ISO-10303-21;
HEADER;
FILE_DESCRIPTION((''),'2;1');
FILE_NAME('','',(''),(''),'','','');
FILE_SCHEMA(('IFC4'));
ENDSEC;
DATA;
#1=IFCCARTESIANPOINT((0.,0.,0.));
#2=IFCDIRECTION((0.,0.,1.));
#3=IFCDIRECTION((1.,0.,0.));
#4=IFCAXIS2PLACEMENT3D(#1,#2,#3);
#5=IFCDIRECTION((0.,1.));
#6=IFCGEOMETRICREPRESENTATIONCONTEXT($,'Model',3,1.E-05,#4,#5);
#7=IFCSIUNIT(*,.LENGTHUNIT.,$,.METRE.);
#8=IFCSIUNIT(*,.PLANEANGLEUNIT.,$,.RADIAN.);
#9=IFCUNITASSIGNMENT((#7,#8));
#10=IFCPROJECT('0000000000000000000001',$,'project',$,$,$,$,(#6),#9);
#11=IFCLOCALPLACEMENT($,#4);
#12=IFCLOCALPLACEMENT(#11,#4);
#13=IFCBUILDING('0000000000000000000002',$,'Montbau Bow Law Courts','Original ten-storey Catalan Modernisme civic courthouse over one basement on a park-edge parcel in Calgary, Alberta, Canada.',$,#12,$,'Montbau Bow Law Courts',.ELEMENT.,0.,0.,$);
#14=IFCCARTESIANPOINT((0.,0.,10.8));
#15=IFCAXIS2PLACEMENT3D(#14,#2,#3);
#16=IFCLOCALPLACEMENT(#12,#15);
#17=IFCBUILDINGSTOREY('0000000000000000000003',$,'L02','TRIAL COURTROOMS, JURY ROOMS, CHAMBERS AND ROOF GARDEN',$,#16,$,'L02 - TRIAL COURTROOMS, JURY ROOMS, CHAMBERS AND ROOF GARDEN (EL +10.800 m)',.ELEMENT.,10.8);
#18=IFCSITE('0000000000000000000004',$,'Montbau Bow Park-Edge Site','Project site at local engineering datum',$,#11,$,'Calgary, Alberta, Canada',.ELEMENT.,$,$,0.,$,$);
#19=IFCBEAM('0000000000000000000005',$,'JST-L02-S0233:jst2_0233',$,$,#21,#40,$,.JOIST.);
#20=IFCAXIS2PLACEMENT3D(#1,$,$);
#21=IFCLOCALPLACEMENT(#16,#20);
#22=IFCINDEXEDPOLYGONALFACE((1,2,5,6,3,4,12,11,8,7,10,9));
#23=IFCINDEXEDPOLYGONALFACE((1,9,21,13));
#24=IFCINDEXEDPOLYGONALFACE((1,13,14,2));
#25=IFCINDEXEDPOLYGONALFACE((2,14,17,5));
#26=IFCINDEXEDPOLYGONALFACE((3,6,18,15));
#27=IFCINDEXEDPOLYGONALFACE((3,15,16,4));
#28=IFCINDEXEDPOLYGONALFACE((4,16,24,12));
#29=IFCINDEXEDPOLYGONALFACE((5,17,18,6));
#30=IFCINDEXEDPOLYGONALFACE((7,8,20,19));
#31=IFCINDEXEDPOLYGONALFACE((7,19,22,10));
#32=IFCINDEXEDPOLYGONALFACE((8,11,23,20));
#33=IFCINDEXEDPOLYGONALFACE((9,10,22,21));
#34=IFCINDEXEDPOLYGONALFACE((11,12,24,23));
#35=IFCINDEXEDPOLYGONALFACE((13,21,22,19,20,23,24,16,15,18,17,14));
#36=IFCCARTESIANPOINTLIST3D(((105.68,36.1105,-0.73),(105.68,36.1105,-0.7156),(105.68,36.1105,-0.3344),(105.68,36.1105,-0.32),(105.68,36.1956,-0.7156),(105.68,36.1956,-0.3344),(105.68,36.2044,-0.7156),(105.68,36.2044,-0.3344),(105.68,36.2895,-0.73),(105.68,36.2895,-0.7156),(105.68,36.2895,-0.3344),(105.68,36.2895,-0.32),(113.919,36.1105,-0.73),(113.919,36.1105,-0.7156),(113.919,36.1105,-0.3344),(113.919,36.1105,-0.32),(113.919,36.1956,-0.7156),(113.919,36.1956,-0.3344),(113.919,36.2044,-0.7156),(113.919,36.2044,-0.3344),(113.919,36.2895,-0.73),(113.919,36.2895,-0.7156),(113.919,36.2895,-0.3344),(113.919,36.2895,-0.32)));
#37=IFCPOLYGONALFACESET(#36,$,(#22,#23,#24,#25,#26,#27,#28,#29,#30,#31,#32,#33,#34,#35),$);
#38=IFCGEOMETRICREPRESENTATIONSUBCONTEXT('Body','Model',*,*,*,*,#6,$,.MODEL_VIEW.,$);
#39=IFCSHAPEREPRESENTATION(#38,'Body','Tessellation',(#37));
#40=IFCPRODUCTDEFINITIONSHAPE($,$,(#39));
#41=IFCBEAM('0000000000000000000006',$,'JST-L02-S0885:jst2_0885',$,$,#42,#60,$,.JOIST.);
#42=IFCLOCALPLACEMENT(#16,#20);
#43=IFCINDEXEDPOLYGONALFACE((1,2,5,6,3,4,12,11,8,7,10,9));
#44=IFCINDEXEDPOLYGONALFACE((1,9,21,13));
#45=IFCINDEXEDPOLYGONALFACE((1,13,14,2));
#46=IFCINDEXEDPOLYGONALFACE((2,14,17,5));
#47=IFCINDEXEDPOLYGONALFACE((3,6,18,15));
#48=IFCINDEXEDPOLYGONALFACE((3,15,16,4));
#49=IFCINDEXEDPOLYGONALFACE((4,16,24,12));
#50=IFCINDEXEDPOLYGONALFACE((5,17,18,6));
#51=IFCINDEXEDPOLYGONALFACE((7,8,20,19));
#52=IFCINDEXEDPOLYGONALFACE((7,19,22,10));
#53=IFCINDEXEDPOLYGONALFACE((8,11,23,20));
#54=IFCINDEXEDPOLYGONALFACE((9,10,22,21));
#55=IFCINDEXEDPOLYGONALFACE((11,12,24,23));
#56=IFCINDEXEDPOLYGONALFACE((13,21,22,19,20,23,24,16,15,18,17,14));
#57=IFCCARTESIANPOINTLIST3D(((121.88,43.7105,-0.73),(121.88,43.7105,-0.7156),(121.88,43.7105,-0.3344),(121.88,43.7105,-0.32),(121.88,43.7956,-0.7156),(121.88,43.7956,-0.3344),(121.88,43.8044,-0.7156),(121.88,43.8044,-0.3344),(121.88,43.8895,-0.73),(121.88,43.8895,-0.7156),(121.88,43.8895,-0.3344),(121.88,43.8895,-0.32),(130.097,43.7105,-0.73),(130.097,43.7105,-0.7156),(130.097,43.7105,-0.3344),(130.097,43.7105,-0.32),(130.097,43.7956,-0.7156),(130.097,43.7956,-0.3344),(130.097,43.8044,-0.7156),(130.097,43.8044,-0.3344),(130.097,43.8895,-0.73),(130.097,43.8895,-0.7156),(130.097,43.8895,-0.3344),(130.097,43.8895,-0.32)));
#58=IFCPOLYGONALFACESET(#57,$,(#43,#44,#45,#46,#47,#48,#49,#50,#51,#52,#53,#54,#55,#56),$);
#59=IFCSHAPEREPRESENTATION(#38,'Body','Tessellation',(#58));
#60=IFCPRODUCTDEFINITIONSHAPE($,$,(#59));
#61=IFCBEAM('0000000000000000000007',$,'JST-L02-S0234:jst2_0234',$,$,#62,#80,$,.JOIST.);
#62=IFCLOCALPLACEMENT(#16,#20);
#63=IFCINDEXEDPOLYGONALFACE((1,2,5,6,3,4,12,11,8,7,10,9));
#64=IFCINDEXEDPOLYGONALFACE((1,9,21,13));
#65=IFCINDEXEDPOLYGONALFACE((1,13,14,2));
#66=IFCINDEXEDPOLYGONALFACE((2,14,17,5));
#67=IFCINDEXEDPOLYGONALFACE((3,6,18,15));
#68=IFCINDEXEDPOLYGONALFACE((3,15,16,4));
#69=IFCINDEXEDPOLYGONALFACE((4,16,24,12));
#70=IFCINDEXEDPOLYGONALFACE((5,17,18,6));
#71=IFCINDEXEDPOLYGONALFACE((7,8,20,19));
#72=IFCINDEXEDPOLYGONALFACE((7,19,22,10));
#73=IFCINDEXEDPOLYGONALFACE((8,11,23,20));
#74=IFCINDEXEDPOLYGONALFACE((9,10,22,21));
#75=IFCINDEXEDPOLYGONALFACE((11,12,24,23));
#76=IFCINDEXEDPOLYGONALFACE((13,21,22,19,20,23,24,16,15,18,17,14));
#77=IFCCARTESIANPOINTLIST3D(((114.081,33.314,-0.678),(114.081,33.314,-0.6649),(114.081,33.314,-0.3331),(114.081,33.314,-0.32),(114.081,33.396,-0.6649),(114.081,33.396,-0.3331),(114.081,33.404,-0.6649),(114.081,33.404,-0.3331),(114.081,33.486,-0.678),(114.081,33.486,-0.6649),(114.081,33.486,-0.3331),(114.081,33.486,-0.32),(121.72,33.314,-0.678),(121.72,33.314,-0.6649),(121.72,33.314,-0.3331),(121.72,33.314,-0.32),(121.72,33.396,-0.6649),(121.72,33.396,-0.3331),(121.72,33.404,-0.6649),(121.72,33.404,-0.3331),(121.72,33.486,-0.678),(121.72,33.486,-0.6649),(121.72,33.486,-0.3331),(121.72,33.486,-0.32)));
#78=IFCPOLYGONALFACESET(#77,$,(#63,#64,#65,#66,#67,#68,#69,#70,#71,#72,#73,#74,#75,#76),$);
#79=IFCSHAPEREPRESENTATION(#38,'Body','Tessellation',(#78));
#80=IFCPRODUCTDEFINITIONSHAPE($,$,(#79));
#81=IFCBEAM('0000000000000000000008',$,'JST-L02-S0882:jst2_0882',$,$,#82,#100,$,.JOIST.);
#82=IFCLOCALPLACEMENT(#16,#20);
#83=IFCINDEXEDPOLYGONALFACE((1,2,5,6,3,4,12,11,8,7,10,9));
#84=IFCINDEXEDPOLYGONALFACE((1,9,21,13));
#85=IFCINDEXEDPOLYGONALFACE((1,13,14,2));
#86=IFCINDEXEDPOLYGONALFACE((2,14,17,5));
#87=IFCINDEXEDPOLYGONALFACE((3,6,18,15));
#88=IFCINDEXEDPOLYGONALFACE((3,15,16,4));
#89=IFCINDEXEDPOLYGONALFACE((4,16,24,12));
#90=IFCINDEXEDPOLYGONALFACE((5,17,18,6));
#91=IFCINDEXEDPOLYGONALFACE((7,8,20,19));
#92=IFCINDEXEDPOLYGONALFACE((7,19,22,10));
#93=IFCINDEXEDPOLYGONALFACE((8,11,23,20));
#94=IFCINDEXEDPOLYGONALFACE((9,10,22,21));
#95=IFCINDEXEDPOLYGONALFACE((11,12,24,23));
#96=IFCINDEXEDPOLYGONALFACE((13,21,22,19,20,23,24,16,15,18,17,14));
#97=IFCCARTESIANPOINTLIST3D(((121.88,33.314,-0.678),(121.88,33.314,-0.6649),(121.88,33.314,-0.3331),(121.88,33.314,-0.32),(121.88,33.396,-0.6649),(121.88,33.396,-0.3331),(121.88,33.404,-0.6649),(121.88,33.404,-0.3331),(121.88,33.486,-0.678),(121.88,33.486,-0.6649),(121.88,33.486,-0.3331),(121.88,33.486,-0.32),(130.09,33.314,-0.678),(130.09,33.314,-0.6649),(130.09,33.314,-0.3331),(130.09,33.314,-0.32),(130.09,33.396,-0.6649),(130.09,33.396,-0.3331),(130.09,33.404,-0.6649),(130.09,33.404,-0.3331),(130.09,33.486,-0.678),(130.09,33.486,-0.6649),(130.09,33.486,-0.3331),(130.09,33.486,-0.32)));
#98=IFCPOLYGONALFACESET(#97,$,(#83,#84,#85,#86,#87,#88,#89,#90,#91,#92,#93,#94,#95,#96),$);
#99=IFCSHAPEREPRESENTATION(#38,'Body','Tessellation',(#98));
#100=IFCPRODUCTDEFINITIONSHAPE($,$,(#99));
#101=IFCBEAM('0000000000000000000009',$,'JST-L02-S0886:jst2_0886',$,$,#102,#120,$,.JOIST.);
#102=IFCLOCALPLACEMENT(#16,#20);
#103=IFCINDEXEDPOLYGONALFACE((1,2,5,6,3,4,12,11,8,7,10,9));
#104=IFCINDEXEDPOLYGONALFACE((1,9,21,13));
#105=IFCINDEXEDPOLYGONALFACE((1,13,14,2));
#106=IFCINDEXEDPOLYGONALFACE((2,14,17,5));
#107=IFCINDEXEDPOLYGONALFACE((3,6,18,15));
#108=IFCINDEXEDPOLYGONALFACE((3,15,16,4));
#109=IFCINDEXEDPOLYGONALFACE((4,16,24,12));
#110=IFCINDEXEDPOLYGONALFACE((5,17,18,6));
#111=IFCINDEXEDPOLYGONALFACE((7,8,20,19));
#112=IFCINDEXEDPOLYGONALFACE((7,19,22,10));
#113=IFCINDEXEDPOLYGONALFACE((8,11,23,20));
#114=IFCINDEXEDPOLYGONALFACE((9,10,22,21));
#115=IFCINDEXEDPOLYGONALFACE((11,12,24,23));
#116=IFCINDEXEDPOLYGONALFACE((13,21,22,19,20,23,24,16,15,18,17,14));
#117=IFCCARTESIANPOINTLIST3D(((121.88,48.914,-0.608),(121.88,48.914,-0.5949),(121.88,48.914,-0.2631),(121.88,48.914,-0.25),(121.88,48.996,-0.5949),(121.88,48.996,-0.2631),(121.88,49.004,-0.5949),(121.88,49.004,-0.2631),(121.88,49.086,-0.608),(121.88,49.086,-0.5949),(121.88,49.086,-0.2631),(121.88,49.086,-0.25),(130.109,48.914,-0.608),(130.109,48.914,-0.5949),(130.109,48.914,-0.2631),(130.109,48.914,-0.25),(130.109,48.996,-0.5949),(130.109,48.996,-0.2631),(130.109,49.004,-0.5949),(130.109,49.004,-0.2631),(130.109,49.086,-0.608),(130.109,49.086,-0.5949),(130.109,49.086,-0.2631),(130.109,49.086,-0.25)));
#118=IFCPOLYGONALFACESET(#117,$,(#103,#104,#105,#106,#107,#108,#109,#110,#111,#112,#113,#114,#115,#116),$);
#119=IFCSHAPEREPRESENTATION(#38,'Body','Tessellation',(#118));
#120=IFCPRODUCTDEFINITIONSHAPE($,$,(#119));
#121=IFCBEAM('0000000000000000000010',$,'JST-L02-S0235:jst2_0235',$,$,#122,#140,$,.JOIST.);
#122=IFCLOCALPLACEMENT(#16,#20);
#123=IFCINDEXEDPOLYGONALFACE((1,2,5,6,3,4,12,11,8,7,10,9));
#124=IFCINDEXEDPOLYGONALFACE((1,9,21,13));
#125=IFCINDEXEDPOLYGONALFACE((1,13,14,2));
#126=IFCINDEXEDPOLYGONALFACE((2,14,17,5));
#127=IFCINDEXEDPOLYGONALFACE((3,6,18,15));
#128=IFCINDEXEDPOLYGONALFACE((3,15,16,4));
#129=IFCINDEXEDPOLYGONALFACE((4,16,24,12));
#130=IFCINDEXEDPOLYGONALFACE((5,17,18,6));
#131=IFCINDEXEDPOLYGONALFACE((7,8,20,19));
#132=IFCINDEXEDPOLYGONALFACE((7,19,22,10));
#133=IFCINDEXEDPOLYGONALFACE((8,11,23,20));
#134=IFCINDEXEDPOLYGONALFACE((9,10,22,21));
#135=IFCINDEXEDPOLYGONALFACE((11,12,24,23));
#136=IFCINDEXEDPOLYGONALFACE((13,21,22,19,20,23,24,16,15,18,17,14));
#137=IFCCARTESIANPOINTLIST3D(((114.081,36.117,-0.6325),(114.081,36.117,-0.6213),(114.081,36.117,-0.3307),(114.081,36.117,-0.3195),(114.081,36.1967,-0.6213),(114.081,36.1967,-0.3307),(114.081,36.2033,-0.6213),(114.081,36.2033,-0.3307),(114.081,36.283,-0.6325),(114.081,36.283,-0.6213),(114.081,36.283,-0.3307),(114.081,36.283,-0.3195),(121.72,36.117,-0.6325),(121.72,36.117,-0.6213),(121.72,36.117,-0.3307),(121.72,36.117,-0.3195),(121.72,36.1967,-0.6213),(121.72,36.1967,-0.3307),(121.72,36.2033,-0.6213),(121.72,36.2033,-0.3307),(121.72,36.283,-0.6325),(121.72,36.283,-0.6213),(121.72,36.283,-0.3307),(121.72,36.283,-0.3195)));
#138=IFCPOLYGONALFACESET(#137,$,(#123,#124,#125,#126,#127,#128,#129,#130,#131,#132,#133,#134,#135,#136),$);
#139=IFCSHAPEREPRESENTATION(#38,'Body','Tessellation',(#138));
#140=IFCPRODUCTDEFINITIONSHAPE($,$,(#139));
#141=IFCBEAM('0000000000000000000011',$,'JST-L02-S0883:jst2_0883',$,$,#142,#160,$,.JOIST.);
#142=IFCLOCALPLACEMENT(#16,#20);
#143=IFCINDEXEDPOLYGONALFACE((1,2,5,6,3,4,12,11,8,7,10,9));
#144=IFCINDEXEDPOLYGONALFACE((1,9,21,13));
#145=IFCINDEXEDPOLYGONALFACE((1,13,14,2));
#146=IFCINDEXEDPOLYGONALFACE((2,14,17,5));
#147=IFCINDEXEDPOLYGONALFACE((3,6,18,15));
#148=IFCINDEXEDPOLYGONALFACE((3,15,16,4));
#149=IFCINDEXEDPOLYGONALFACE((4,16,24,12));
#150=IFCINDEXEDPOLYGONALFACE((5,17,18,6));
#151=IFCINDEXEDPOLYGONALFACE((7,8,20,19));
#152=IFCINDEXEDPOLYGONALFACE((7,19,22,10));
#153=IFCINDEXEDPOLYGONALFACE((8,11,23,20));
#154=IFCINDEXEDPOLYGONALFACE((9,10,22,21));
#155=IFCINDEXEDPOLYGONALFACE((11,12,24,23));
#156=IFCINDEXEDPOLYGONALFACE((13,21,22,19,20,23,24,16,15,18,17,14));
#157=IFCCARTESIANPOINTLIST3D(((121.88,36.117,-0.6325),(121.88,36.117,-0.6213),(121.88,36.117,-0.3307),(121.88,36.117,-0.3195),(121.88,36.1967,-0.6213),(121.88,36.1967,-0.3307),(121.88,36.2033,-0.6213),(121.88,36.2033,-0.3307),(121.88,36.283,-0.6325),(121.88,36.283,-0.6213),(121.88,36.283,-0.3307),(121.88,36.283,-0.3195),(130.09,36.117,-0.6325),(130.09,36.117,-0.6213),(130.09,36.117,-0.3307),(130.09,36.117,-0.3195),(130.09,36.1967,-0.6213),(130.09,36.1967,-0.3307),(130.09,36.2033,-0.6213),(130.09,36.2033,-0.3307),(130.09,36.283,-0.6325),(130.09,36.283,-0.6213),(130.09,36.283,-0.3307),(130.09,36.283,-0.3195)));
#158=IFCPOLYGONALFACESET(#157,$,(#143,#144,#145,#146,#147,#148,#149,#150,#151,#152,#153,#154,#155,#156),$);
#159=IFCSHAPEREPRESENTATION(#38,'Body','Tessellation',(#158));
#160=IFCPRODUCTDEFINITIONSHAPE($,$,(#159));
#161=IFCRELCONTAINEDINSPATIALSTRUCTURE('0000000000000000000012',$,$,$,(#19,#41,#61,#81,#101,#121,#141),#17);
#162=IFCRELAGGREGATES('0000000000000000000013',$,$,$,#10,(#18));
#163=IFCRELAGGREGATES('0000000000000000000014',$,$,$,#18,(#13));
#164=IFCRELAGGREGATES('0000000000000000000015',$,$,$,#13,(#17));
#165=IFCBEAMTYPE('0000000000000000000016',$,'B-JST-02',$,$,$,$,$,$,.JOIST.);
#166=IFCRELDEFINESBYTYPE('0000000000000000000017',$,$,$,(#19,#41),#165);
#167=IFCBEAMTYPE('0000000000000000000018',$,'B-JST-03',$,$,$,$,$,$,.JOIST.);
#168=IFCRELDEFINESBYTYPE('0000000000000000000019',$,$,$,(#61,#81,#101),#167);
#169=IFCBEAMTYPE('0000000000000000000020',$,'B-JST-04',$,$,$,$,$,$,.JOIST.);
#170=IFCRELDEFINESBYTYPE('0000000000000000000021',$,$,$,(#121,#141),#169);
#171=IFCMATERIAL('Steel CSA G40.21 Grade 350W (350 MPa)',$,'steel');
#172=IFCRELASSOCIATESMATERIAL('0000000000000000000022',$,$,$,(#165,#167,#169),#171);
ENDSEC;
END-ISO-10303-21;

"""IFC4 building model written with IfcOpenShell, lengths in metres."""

from ifc_helpers import new_model, si_unit, direction, frame, origin_with_axes, origin_2d_with_axis, place, context, subcontext, project, spatial, i_section, extrude, material, material_profile, profile_set, type_object, element, save


model = new_model("IFC4")

# Units and contexts
model_context = context("Model", 3, precision=1e-05, world=origin_with_axes(), true_north=direction((0.0, 1.0)))
body_context = subcontext(model_context, "Body", "Model", "MODEL_VIEW")
ifc_project = project(units=[si_unit("LENGTHUNIT", "METRE"), si_unit("PLANEANGLEUNIT", "RADIAN")], contexts=[model_context])

# Site, building, storey
site_placement = place(None, origin_with_axes())
site = spatial("IfcSite", under=ifc_project, at=site_placement, Name="Montbau Bow Park-Edge Site", Description="Project site at local engineering datum", LongName="Calgary, Alberta, Canada", CompositionType="ELEMENT", RefElevation=0.0)
building_placement = place(site_placement, origin_with_axes())
building = spatial("IfcBuilding", under=site, at=building_placement, Name="Montbau Bow Law Courts", Description="Original ten-storey Catalan Modernisme civic courthouse over one basement on a park-edge parcel in Calgary, Alberta, Canada.", LongName="Montbau Bow Law Courts", CompositionType="ELEMENT", ElevationOfRefHeight=0.0, ElevationOfTerrain=0.0)
storey_placement = place(building_placement, frame((0.0, 0.0, 10.8), z_axis=(0.0, 0.0, 1.0), x_axis=(1.0, 0.0, 0.0)))
storey = spatial("IfcBuildingStorey", under=building, at=storey_placement, Name="L02", Description="TRIAL COURTROOMS, JURY ROOMS, CHAMBERS AND ROOF GARDEN", LongName="L02 - TRIAL COURTROOMS, JURY ROOMS, CHAMBERS AND ROOF GARDEN (EL +10.800 m)", CompositionType="ELEMENT", Elevation=10.8)

# Shared definitions
ifc_material_1 = material(Name="Steel CSA G40.21 Grade 350W (350 MPa)", Category="steel")

# Beams
ifc_material_profile_1 = material_profile(ifc_material_1, i_section(OverallWidth=0.179, OverallDepth=0.41, WebThickness=0.0088, FlangeThickness=0.0144, at=origin_2d_with_axis()), Name="W410X67", Category="Main", Priority=0)
ifc_profile_set_1 = profile_set([ifc_material_profile_1], Name="Steel CSA G40.21 Grade 350W (350 MPa)")
beam_type_1 = type_object("IfcBeamType", Name="B-JST-02", PredefinedType="JOIST", material=ifc_profile_set_1)
beam_1_placement = place(None, frame((105.68, 36.2, 10.275), z_axis=(1.0, 0.0, 0.0), x_axis=(0.0, 1.0, 0.0)))
element("IfcBeam", 1, at=beam_1_placement, inside=storey, type_object=beam_type_1, Name="JST-L02-S0233:jst2_0233", PredefinedType="JOIST", context=body_context, shape_type="SweptSolid", body=[
    extrude(i_section(OverallWidth=0.179, OverallDepth=0.41, WebThickness=0.0088, FlangeThickness=0.0144, at=origin_2d_with_axis()), origin_with_axes(), (0.0, 0.0, 1.0), 8.239),
])
beam_2_placement = place(None, frame((121.88, 43.8, 10.275), z_axis=(1.0, 0.0, 0.0), x_axis=(0.0, 1.0, 0.0)))
element("IfcBeam", 2, at=beam_2_placement, inside=storey, type_object=beam_type_1, Name="JST-L02-S0885:jst2_0885", PredefinedType="JOIST", context=body_context, shape_type="SweptSolid", body=[
    extrude(i_section(OverallWidth=0.179, OverallDepth=0.41, WebThickness=0.0088, FlangeThickness=0.0144, at=origin_2d_with_axis()), origin_with_axes(), (0.0, 0.0, 1.0), 8.217),
])
ifc_material_profile_2 = material_profile(ifc_material_1, i_section(OverallWidth=0.172, OverallDepth=0.358, WebThickness=0.0079, FlangeThickness=0.0131, at=origin_2d_with_axis()), Name="W360X57", Category="Main", Priority=0)
ifc_profile_set_2 = profile_set([ifc_material_profile_2], Name="Steel CSA G40.21 Grade 350W (350 MPa)")
beam_type_2 = type_object("IfcBeamType", Name="B-JST-03", PredefinedType="JOIST", material=ifc_profile_set_2)
beam_3_placement = place(None, frame((114.081, 33.4, 10.301), z_axis=(1.0, 0.0, 0.0), x_axis=(0.0, 1.0, 0.0)))
element("IfcBeam", 3, at=beam_3_placement, inside=storey, type_object=beam_type_2, Name="JST-L02-S0234:jst2_0234", PredefinedType="JOIST", context=body_context, shape_type="SweptSolid", body=[
    extrude(i_section(OverallWidth=0.172, OverallDepth=0.358, WebThickness=0.0079, FlangeThickness=0.0131, at=origin_2d_with_axis()), origin_with_axes(), (0.0, 0.0, 1.0), 7.639),
])
beam_4_placement = place(None, frame((121.88, 33.4, 10.301), z_axis=(1.0, 0.0, 0.0), x_axis=(0.0, 1.0, 0.0)))
element("IfcBeam", 4, at=beam_4_placement, inside=storey, type_object=beam_type_2, Name="JST-L02-S0882:jst2_0882", PredefinedType="JOIST", context=body_context, shape_type="SweptSolid", body=[
    extrude(i_section(OverallWidth=0.172, OverallDepth=0.358, WebThickness=0.0079, FlangeThickness=0.0131, at=origin_2d_with_axis()), origin_with_axes(), (0.0, 0.0, 1.0), 8.21),
])
beam_5_placement = place(None, frame((121.88, 49.0, 10.371), z_axis=(1.0, 0.0, 0.0), x_axis=(0.0, 1.0, 0.0)))
element("IfcBeam", 5, at=beam_5_placement, inside=storey, type_object=beam_type_2, Name="JST-L02-S0886:jst2_0886", PredefinedType="JOIST", context=body_context, shape_type="SweptSolid", body=[
    extrude(i_section(OverallWidth=0.172, OverallDepth=0.358, WebThickness=0.0079, FlangeThickness=0.0131, at=origin_2d_with_axis()), origin_with_axes(), (0.0, 0.0, 1.0), 8.229),
])
ifc_material_profile_3 = material_profile(ifc_material_1, i_section(OverallWidth=0.166, OverallDepth=0.313, WebThickness=0.0066, FlangeThickness=0.0112, at=origin_2d_with_axis()), Name="W310X45", Category="Main", Priority=0)
ifc_profile_set_3 = profile_set([ifc_material_profile_3], Name="Steel CSA G40.21 Grade 350W (350 MPa)")
beam_type_3 = type_object("IfcBeamType", Name="B-JST-04", PredefinedType="JOIST", material=ifc_profile_set_3)
beam_6_placement = place(None, frame((114.081, 36.2, 10.324), z_axis=(1.0, 0.0, 0.0), x_axis=(0.0, 1.0, 0.0)))
element("IfcBeam", 6, at=beam_6_placement, inside=storey, type_object=beam_type_3, Name="JST-L02-S0235:jst2_0235", PredefinedType="JOIST", context=body_context, shape_type="SweptSolid", body=[
    extrude(i_section(OverallWidth=0.166, OverallDepth=0.313, WebThickness=0.0066, FlangeThickness=0.0112, at=origin_2d_with_axis()), origin_with_axes(), (0.0, 0.0, 1.0), 7.639),
])
beam_7_placement = place(None, frame((121.88, 36.2, 10.324), z_axis=(1.0, 0.0, 0.0), x_axis=(0.0, 1.0, 0.0)))
element("IfcBeam", 7, at=beam_7_placement, inside=storey, type_object=beam_type_3, Name="JST-L02-S0883:jst2_0883", PredefinedType="JOIST", context=body_context, shape_type="SweptSolid", body=[
    extrude(i_section(OverallWidth=0.166, OverallDepth=0.313, WebThickness=0.0066, FlangeThickness=0.0112, at=origin_2d_with_axis()), origin_with_axes(), (0.0, 0.0, 1.0), 8.21),
])

save(model, "model.ifc")
